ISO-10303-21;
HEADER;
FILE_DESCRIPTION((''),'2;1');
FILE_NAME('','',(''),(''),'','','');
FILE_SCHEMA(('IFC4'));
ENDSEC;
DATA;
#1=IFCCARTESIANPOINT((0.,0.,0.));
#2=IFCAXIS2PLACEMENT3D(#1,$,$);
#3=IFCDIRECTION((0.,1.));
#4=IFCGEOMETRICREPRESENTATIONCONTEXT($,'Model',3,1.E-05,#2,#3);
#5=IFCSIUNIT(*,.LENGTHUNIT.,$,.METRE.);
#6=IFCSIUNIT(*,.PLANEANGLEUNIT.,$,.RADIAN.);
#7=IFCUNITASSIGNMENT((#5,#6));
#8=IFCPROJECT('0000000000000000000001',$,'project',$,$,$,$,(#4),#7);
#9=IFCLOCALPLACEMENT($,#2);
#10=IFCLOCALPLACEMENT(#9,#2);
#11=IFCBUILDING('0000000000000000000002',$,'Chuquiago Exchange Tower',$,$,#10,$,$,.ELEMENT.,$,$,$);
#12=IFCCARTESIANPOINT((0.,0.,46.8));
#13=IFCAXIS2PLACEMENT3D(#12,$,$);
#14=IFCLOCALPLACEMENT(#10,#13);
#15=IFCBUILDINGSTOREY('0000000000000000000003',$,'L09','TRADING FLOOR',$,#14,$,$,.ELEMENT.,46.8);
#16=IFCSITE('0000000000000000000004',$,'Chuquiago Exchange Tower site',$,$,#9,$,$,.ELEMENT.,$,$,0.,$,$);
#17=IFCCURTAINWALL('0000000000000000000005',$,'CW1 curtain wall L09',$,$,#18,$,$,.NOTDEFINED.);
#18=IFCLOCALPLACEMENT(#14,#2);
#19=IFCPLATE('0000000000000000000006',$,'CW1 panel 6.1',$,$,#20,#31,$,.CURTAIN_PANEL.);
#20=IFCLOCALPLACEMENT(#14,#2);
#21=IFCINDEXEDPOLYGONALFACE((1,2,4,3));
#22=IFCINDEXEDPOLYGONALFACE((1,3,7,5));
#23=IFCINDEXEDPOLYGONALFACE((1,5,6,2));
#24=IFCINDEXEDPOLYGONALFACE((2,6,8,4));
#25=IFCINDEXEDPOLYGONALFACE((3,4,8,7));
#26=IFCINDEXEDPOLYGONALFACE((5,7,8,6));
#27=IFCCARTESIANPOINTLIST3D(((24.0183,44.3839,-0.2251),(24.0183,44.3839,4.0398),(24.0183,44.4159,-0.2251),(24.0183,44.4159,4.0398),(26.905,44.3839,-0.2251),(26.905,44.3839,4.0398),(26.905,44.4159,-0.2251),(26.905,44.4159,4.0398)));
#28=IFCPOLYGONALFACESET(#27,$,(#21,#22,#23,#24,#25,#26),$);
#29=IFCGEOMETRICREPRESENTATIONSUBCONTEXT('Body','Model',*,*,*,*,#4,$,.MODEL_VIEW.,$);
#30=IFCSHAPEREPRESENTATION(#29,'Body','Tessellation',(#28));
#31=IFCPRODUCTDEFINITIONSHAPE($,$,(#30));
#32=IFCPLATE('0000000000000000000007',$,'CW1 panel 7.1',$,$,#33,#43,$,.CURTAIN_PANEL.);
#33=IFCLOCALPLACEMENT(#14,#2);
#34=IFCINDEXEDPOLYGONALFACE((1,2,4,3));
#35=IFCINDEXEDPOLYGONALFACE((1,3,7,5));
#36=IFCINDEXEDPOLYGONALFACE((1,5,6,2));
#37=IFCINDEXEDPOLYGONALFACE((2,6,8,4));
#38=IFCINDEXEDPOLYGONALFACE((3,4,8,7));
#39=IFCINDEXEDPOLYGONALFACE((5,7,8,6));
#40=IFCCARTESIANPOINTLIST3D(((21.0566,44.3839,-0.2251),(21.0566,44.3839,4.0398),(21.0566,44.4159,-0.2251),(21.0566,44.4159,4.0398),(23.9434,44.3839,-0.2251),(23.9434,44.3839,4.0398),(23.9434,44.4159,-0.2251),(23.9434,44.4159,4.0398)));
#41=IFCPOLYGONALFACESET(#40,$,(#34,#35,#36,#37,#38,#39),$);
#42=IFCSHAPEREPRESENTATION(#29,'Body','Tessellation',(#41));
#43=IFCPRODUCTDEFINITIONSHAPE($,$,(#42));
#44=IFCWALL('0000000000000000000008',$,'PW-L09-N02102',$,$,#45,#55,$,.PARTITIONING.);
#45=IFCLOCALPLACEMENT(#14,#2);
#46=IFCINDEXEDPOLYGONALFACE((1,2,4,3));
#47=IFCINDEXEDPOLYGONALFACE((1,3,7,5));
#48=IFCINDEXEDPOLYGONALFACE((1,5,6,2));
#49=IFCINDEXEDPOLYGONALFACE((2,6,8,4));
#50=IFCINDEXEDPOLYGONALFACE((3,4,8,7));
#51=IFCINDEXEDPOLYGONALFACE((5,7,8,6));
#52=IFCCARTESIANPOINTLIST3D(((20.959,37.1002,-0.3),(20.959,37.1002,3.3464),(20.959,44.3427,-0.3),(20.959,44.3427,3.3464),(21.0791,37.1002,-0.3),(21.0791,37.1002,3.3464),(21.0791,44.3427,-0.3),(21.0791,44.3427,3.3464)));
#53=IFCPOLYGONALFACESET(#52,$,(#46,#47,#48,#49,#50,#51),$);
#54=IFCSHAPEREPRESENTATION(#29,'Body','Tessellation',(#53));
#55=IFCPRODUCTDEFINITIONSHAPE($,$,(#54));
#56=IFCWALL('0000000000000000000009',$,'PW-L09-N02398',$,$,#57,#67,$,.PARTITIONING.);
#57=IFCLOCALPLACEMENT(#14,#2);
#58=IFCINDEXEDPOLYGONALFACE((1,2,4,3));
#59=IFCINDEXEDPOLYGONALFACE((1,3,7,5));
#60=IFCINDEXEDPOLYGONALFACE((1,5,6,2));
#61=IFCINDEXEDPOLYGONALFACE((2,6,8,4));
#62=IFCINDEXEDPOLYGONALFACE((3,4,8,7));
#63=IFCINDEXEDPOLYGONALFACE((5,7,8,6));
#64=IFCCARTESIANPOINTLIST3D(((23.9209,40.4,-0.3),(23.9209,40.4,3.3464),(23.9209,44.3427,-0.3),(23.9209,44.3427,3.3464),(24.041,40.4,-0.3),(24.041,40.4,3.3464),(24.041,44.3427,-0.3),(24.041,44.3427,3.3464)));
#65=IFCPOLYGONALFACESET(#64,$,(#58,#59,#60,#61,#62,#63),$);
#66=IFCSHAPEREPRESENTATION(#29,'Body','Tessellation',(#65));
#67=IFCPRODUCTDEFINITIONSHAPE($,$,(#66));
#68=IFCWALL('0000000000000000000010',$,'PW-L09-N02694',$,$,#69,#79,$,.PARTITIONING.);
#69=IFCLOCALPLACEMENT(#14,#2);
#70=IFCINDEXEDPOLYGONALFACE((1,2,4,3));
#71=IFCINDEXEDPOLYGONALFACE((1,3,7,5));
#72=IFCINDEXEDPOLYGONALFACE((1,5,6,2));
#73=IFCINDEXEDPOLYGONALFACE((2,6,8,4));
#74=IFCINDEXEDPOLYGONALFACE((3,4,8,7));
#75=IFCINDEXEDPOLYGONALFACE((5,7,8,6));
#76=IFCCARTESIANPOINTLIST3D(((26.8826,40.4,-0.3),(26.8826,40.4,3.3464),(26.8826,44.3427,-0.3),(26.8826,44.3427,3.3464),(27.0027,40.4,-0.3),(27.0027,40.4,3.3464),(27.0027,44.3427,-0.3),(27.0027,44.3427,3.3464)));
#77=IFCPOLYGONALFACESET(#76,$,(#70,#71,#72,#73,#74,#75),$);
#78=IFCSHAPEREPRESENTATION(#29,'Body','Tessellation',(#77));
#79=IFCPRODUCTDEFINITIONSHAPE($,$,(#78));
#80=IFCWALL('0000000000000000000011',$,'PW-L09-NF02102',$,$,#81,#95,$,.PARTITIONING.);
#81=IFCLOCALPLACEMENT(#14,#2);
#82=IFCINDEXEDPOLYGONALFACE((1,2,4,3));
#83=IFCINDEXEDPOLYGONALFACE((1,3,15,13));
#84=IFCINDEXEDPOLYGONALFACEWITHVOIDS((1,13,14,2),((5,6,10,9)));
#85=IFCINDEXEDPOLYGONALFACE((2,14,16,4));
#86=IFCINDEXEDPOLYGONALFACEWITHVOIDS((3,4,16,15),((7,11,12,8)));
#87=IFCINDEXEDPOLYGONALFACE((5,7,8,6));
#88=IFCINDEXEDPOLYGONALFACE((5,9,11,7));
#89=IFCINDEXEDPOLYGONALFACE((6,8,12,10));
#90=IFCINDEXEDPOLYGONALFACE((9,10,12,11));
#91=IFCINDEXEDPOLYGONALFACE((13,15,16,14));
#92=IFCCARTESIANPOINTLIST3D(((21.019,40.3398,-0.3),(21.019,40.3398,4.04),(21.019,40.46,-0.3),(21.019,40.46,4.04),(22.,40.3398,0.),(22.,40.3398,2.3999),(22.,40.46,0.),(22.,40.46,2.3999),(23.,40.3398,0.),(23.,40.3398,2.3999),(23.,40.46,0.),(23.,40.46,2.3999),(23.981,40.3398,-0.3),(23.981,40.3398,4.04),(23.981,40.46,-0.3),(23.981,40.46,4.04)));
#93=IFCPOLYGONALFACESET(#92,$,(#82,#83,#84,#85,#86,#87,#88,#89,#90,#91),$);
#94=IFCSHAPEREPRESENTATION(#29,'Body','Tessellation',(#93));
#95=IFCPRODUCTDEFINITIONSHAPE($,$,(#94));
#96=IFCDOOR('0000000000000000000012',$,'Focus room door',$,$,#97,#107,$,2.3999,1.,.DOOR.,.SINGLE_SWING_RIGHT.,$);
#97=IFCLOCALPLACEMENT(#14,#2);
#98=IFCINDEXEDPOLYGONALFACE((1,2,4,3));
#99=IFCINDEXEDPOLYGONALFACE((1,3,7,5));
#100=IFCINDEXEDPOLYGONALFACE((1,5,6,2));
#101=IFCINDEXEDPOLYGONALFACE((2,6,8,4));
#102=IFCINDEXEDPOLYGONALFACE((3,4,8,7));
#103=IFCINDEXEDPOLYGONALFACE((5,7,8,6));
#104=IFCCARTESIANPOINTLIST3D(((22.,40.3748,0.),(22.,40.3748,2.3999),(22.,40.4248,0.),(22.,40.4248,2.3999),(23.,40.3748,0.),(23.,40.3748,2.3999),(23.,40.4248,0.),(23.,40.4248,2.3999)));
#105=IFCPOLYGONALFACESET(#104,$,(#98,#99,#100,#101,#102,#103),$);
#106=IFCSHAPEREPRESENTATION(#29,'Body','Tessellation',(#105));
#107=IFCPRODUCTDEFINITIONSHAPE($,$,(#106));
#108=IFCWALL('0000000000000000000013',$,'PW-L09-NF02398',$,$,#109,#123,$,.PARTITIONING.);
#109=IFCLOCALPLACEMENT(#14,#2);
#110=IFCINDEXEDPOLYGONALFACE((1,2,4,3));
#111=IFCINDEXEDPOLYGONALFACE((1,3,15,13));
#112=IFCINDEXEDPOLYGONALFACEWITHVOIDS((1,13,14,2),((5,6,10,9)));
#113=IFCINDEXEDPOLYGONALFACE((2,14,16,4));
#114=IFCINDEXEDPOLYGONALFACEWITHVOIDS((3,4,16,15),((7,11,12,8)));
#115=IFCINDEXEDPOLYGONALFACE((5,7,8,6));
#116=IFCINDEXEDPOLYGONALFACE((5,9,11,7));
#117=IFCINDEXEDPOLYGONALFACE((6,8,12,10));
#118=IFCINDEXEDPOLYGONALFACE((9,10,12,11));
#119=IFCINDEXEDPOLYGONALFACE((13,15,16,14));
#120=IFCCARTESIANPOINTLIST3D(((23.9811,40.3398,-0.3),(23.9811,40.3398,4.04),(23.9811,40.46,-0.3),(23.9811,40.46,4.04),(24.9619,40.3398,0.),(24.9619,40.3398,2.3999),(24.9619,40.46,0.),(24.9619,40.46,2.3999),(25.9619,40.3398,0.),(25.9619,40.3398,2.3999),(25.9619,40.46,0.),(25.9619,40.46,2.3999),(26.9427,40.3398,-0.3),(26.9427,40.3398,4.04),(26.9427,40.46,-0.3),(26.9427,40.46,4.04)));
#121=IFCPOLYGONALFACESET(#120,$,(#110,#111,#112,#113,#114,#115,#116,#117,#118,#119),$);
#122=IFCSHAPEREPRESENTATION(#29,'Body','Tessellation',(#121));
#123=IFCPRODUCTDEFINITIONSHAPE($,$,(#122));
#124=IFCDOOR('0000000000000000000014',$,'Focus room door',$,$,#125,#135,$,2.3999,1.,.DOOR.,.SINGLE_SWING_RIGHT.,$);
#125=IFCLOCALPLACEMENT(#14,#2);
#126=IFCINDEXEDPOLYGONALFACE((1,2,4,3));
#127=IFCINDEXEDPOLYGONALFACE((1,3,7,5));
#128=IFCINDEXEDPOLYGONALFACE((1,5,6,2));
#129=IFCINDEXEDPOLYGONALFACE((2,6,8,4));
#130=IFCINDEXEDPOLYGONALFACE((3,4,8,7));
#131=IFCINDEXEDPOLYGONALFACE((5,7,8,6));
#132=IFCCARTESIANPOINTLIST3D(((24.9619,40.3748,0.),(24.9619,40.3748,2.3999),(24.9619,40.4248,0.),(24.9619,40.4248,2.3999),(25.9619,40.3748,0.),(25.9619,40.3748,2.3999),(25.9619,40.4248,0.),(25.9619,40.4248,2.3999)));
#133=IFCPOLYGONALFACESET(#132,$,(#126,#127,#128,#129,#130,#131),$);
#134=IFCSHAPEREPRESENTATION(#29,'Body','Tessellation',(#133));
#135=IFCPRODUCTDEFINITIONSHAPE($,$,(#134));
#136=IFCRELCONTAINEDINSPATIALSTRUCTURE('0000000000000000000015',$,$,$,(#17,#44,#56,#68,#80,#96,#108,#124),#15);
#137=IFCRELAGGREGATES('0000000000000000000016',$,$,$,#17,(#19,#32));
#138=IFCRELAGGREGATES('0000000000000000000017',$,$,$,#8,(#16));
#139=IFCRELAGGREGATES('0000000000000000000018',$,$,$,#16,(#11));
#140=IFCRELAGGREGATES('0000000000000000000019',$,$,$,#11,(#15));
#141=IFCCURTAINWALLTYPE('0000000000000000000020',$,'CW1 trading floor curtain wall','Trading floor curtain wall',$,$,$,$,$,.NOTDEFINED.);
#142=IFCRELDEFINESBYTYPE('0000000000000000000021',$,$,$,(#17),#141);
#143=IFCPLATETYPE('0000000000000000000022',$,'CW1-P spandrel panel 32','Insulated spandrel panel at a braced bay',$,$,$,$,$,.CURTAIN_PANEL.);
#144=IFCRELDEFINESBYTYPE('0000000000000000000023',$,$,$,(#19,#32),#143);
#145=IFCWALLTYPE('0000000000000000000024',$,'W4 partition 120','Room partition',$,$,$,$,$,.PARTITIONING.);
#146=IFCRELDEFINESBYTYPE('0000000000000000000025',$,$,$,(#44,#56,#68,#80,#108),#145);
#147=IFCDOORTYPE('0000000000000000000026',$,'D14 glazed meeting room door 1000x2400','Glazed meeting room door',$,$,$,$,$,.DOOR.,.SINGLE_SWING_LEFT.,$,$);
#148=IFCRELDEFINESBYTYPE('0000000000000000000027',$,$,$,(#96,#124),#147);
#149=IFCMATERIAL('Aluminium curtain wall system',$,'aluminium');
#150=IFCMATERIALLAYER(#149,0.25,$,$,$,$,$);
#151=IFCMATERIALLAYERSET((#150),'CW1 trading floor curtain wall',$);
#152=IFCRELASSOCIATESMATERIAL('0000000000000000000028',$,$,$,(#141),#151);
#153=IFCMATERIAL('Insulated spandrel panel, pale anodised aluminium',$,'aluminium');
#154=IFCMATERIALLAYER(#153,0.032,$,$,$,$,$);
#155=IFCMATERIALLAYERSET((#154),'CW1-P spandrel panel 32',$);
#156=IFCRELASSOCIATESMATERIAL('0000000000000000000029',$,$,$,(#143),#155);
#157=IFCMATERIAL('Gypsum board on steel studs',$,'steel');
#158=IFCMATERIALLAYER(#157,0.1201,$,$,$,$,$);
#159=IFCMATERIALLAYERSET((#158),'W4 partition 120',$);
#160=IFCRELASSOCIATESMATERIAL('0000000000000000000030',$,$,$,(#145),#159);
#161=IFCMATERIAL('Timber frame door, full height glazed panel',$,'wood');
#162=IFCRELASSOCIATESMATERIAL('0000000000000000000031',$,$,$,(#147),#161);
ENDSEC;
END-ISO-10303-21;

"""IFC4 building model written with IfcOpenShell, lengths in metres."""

from ifc_helpers import new_model, si_unit, direction, frame, frame_2d, origin, origin_2d, place, context, subcontext, project, spatial, rectangle, extrude, material, layer, layer_set, type_object, element, fill, aggregate, save


model = new_model("IFC4")

# Units and contexts
model_context = context("Model", 3, precision=1e-05, world=origin(), true_north=direction((0.0, 1.0)))
body_context = subcontext(model_context, "Body", "Model", "MODEL_VIEW")
ifc_project = project(units=[si_unit("LENGTHUNIT", "METRE"), si_unit("PLANEANGLEUNIT", "RADIAN")], contexts=[model_context])

# Site, building, storey
site_placement = place(None, origin())
site = spatial("IfcSite", under=ifc_project, at=site_placement, Name="Chuquiago Exchange Tower site", CompositionType="ELEMENT", RefElevation=0.0)
building_placement = place(site_placement, origin())
building = spatial("IfcBuilding", under=site, at=building_placement, Name="Chuquiago Exchange Tower", CompositionType="ELEMENT")
storey_placement = place(building_placement, frame((0.0, 0.0, 46.8)))
storey = spatial("IfcBuildingStorey", under=building, at=storey_placement, Name="L09", Description="TRADING FLOOR", CompositionType="ELEMENT", Elevation=46.8)

# Curtain wall
ifc_material_1 = material(Name="Aluminium curtain wall system", Category="aluminium")
ifc_layer_1 = layer(ifc_material_1, 0.25)
ifc_layer_set_1 = layer_set([ifc_layer_1], Name="CW1 trading floor curtain wall")
curtain_wall_type = type_object("IfcCurtainWallType", Name="CW1 trading floor curtain wall", Description="Trading floor curtain wall", PredefinedType="NOTDEFINED", material=ifc_layer_set_1)
curtain_wall_placement = place(storey_placement, origin())
curtain_wall = element("IfcCurtainWall", 1, at=curtain_wall_placement, inside=storey, type_object=curtain_wall_type, Name="CW1 curtain wall L09", PredefinedType="NOTDEFINED")

# Plates
ifc_material_2 = material(Name="Insulated spandrel panel, pale anodised aluminium", Category="aluminium")
ifc_layer_2 = layer(ifc_material_2, 0.032)
ifc_layer_set_2 = layer_set([ifc_layer_2], Name="CW1-P spandrel panel 32")
plate_type_1 = type_object("IfcPlateType", Name="CW1-P spandrel panel 32", Description="Insulated spandrel panel at a braced bay", PredefinedType="CURTAIN_PANEL", material=ifc_layer_set_2)
plate_1_placement = place(storey_placement, frame((25.4617, 44.3999, -0.2251), z_axis=(0.0, 0.0, 1.0), x_axis=(-1.0, 0.0, 0.0)))
plate_1 = element("IfcPlate", 2, at=plate_1_placement, type_object=plate_type_1, Name="CW1 panel 6.1", PredefinedType="CURTAIN_PANEL", context=body_context, shape_type="SweptSolid", body=[
    extrude(rectangle(XDim=2.8867, YDim=0.032, at=origin_2d()), origin(), (0.0, 0.0, 1.0), 4.2649),
])
plate_2_placement = place(storey_placement, frame((22.5, 44.3999, -0.2251), z_axis=(0.0, 0.0, 1.0), x_axis=(-1.0, 0.0, 0.0)))
plate_2 = element("IfcPlate", 3, at=plate_2_placement, type_object=plate_type_1, Name="CW1 panel 7.1", PredefinedType="CURTAIN_PANEL", context=body_context, shape_type="SweptSolid", body=[
    extrude(rectangle(XDim=2.8867, YDim=0.032, at=origin_2d()), origin(), (0.0, 0.0, 1.0), 4.2649),
])
aggregate(curtain_wall, [plate_1, plate_2])

# Walls
ifc_material_3 = material(Name="Gypsum board on steel studs", Category="steel")
ifc_layer_3 = layer(ifc_material_3, 0.1201)
ifc_layer_set_3 = layer_set([ifc_layer_3], Name="W4 partition 120")
wall_type = type_object("IfcWallType", Name="W4 partition 120", Description="Room partition", PredefinedType="PARTITIONING", material=ifc_layer_set_3)
wall_1_placement = place(storey_placement, frame((21.019, 44.3425, -0.3), z_axis=(0.0, 0.0, 1.0), x_axis=(0.0, -1.0, 0.0)))
element("IfcWall", 4, at=wall_1_placement, inside=storey, type_object=wall_type, Name="PW-L09-N02102", PredefinedType="PARTITIONING", context=body_context, shape_type="SweptSolid", body=[
    extrude(rectangle(XDim=7.2424, YDim=0.1201, at=frame_2d((3.6211, 0.0))), origin(), (0.0, 0.0, 1.0), 3.6465),
])
for number, where, z_axis, x_axis, name in (
    (5, (23.981, 44.3425, -0.3), (0.0, 0.0, 1.0), (0.0, -1.0, 0.0), "PW-L09-N02398"),
    (6, (26.9426, 44.3425, -0.3), (0.0, 0.0, 1.0), (0.0, -1.0, 0.0), "PW-L09-N02694"),
):
    element("IfcWall", number, at=place(storey_placement, frame(where, z_axis=z_axis, x_axis=x_axis)), inside=storey, type_object=wall_type, Name=name, PredefinedType="PARTITIONING", context=body_context, shape_type="SweptSolid", body=[
        extrude(rectangle(XDim=3.9426, YDim=0.1201, at=frame_2d((1.9712, 0.0))), origin(), (0.0, 0.0, 1.0), 3.6465),
    ])

# Walls, openings, doors
wall_2_placement = place(storey_placement, frame((21.019, 40.3999, -0.3), z_axis=(0.0, 0.0, 1.0), x_axis=(1.0, 0.0, 0.0)))
wall_2 = element("IfcWall", 7, at=wall_2_placement, inside=storey, type_object=wall_type, Name="PW-L09-NF02102", PredefinedType="PARTITIONING", context=body_context, shape_type="SweptSolid", body=[
    extrude(rectangle(XDim=2.9619, YDim=0.1201, at=frame_2d((1.481, 0.0))), origin(), (0.0, 0.0, 1.0), 4.3401),
])
opening_1_placement = place(wall_2_placement, frame((0.981, 0.0, 0.3)))
opening_1 = element("IfcOpeningElement", 8, at=opening_1_placement, cuts=wall_2, PredefinedType="OPENING", context=body_context, shape_type="SweptSolid", body=[
    extrude(rectangle(XDim=1.0, YDim=2.3999, at=frame_2d((0.5, 1.2))), frame((0.0, 0.0701, 0.0), z_axis=(0.0, -1.0, 0.0), x_axis=(1.0, 0.0, 0.0)), (0.0, 0.0, 1.0), 0.1401),
])
ifc_material_4 = material(Name="Timber frame door, full height glazed panel", Category="wood")
door_type = type_object("IfcDoorType", Name="D14 glazed meeting room door 1000x2400", Description="Glazed meeting room door", OperationType="SINGLE_SWING_LEFT", PredefinedType="DOOR", material=ifc_material_4)
door_1_placement = place(opening_1_placement, origin())
door_1 = element("IfcDoor", 9, at=door_1_placement, inside=storey, type_object=door_type, Name="Focus room door", OperationType="SINGLE_SWING_RIGHT", OverallHeight=2.3999, OverallWidth=1.0, PredefinedType="DOOR", context=body_context, shape_type="SweptSolid", body=[
    extrude(rectangle(XDim=1.0, YDim=2.3999, at=frame_2d((0.5, 1.2))), frame((0.0, 0.0249, 0.0), z_axis=(0.0, -1.0, 0.0), x_axis=(1.0, 0.0, 0.0)), (0.0, 0.0, 1.0), 0.05),
])
fill(opening_1, door_1)
wall_3_placement = place(storey_placement, frame((23.981, 40.3999, -0.3), z_axis=(0.0, 0.0, 1.0), x_axis=(1.0, 0.0, 0.0)))
wall_3 = element("IfcWall", 10, at=wall_3_placement, inside=storey, type_object=wall_type, Name="PW-L09-NF02398", PredefinedType="PARTITIONING", context=body_context, shape_type="SweptSolid", body=[
    extrude(rectangle(XDim=2.9617, YDim=0.1201, at=frame_2d((1.481, 0.0))), origin(), (0.0, 0.0, 1.0), 4.3401),
])
opening_2_placement = place(wall_3_placement, frame((0.981, 0.0, 0.3)))
opening_2 = element("IfcOpeningElement", 11, at=opening_2_placement, cuts=wall_3, PredefinedType="OPENING", context=body_context, shape_type="SweptSolid", body=[
    extrude(rectangle(XDim=1.0, YDim=2.3999, at=frame_2d((0.5, 1.2))), frame((0.0, 0.0701, 0.0), z_axis=(0.0, -1.0, 0.0), x_axis=(1.0, 0.0, 0.0)), (0.0, 0.0, 1.0), 0.1401),
])
door_2_placement = place(opening_2_placement, origin())
door_2 = element("IfcDoor", 12, at=door_2_placement, inside=storey, type_object=door_type, Name="Focus room door", OperationType="SINGLE_SWING_RIGHT", OverallHeight=2.3999, OverallWidth=1.0, PredefinedType="DOOR", context=body_context, shape_type="SweptSolid", body=[
    extrude(rectangle(XDim=1.0, YDim=2.3999, at=frame_2d((0.5, 1.2))), frame((0.0, 0.0249, 0.0), z_axis=(0.0, -1.0, 0.0), x_axis=(1.0, 0.0, 0.0)), (0.0, 0.0, 1.0), 0.05),
])
fill(opening_2, door_2)

save(model, "model.ifc")
